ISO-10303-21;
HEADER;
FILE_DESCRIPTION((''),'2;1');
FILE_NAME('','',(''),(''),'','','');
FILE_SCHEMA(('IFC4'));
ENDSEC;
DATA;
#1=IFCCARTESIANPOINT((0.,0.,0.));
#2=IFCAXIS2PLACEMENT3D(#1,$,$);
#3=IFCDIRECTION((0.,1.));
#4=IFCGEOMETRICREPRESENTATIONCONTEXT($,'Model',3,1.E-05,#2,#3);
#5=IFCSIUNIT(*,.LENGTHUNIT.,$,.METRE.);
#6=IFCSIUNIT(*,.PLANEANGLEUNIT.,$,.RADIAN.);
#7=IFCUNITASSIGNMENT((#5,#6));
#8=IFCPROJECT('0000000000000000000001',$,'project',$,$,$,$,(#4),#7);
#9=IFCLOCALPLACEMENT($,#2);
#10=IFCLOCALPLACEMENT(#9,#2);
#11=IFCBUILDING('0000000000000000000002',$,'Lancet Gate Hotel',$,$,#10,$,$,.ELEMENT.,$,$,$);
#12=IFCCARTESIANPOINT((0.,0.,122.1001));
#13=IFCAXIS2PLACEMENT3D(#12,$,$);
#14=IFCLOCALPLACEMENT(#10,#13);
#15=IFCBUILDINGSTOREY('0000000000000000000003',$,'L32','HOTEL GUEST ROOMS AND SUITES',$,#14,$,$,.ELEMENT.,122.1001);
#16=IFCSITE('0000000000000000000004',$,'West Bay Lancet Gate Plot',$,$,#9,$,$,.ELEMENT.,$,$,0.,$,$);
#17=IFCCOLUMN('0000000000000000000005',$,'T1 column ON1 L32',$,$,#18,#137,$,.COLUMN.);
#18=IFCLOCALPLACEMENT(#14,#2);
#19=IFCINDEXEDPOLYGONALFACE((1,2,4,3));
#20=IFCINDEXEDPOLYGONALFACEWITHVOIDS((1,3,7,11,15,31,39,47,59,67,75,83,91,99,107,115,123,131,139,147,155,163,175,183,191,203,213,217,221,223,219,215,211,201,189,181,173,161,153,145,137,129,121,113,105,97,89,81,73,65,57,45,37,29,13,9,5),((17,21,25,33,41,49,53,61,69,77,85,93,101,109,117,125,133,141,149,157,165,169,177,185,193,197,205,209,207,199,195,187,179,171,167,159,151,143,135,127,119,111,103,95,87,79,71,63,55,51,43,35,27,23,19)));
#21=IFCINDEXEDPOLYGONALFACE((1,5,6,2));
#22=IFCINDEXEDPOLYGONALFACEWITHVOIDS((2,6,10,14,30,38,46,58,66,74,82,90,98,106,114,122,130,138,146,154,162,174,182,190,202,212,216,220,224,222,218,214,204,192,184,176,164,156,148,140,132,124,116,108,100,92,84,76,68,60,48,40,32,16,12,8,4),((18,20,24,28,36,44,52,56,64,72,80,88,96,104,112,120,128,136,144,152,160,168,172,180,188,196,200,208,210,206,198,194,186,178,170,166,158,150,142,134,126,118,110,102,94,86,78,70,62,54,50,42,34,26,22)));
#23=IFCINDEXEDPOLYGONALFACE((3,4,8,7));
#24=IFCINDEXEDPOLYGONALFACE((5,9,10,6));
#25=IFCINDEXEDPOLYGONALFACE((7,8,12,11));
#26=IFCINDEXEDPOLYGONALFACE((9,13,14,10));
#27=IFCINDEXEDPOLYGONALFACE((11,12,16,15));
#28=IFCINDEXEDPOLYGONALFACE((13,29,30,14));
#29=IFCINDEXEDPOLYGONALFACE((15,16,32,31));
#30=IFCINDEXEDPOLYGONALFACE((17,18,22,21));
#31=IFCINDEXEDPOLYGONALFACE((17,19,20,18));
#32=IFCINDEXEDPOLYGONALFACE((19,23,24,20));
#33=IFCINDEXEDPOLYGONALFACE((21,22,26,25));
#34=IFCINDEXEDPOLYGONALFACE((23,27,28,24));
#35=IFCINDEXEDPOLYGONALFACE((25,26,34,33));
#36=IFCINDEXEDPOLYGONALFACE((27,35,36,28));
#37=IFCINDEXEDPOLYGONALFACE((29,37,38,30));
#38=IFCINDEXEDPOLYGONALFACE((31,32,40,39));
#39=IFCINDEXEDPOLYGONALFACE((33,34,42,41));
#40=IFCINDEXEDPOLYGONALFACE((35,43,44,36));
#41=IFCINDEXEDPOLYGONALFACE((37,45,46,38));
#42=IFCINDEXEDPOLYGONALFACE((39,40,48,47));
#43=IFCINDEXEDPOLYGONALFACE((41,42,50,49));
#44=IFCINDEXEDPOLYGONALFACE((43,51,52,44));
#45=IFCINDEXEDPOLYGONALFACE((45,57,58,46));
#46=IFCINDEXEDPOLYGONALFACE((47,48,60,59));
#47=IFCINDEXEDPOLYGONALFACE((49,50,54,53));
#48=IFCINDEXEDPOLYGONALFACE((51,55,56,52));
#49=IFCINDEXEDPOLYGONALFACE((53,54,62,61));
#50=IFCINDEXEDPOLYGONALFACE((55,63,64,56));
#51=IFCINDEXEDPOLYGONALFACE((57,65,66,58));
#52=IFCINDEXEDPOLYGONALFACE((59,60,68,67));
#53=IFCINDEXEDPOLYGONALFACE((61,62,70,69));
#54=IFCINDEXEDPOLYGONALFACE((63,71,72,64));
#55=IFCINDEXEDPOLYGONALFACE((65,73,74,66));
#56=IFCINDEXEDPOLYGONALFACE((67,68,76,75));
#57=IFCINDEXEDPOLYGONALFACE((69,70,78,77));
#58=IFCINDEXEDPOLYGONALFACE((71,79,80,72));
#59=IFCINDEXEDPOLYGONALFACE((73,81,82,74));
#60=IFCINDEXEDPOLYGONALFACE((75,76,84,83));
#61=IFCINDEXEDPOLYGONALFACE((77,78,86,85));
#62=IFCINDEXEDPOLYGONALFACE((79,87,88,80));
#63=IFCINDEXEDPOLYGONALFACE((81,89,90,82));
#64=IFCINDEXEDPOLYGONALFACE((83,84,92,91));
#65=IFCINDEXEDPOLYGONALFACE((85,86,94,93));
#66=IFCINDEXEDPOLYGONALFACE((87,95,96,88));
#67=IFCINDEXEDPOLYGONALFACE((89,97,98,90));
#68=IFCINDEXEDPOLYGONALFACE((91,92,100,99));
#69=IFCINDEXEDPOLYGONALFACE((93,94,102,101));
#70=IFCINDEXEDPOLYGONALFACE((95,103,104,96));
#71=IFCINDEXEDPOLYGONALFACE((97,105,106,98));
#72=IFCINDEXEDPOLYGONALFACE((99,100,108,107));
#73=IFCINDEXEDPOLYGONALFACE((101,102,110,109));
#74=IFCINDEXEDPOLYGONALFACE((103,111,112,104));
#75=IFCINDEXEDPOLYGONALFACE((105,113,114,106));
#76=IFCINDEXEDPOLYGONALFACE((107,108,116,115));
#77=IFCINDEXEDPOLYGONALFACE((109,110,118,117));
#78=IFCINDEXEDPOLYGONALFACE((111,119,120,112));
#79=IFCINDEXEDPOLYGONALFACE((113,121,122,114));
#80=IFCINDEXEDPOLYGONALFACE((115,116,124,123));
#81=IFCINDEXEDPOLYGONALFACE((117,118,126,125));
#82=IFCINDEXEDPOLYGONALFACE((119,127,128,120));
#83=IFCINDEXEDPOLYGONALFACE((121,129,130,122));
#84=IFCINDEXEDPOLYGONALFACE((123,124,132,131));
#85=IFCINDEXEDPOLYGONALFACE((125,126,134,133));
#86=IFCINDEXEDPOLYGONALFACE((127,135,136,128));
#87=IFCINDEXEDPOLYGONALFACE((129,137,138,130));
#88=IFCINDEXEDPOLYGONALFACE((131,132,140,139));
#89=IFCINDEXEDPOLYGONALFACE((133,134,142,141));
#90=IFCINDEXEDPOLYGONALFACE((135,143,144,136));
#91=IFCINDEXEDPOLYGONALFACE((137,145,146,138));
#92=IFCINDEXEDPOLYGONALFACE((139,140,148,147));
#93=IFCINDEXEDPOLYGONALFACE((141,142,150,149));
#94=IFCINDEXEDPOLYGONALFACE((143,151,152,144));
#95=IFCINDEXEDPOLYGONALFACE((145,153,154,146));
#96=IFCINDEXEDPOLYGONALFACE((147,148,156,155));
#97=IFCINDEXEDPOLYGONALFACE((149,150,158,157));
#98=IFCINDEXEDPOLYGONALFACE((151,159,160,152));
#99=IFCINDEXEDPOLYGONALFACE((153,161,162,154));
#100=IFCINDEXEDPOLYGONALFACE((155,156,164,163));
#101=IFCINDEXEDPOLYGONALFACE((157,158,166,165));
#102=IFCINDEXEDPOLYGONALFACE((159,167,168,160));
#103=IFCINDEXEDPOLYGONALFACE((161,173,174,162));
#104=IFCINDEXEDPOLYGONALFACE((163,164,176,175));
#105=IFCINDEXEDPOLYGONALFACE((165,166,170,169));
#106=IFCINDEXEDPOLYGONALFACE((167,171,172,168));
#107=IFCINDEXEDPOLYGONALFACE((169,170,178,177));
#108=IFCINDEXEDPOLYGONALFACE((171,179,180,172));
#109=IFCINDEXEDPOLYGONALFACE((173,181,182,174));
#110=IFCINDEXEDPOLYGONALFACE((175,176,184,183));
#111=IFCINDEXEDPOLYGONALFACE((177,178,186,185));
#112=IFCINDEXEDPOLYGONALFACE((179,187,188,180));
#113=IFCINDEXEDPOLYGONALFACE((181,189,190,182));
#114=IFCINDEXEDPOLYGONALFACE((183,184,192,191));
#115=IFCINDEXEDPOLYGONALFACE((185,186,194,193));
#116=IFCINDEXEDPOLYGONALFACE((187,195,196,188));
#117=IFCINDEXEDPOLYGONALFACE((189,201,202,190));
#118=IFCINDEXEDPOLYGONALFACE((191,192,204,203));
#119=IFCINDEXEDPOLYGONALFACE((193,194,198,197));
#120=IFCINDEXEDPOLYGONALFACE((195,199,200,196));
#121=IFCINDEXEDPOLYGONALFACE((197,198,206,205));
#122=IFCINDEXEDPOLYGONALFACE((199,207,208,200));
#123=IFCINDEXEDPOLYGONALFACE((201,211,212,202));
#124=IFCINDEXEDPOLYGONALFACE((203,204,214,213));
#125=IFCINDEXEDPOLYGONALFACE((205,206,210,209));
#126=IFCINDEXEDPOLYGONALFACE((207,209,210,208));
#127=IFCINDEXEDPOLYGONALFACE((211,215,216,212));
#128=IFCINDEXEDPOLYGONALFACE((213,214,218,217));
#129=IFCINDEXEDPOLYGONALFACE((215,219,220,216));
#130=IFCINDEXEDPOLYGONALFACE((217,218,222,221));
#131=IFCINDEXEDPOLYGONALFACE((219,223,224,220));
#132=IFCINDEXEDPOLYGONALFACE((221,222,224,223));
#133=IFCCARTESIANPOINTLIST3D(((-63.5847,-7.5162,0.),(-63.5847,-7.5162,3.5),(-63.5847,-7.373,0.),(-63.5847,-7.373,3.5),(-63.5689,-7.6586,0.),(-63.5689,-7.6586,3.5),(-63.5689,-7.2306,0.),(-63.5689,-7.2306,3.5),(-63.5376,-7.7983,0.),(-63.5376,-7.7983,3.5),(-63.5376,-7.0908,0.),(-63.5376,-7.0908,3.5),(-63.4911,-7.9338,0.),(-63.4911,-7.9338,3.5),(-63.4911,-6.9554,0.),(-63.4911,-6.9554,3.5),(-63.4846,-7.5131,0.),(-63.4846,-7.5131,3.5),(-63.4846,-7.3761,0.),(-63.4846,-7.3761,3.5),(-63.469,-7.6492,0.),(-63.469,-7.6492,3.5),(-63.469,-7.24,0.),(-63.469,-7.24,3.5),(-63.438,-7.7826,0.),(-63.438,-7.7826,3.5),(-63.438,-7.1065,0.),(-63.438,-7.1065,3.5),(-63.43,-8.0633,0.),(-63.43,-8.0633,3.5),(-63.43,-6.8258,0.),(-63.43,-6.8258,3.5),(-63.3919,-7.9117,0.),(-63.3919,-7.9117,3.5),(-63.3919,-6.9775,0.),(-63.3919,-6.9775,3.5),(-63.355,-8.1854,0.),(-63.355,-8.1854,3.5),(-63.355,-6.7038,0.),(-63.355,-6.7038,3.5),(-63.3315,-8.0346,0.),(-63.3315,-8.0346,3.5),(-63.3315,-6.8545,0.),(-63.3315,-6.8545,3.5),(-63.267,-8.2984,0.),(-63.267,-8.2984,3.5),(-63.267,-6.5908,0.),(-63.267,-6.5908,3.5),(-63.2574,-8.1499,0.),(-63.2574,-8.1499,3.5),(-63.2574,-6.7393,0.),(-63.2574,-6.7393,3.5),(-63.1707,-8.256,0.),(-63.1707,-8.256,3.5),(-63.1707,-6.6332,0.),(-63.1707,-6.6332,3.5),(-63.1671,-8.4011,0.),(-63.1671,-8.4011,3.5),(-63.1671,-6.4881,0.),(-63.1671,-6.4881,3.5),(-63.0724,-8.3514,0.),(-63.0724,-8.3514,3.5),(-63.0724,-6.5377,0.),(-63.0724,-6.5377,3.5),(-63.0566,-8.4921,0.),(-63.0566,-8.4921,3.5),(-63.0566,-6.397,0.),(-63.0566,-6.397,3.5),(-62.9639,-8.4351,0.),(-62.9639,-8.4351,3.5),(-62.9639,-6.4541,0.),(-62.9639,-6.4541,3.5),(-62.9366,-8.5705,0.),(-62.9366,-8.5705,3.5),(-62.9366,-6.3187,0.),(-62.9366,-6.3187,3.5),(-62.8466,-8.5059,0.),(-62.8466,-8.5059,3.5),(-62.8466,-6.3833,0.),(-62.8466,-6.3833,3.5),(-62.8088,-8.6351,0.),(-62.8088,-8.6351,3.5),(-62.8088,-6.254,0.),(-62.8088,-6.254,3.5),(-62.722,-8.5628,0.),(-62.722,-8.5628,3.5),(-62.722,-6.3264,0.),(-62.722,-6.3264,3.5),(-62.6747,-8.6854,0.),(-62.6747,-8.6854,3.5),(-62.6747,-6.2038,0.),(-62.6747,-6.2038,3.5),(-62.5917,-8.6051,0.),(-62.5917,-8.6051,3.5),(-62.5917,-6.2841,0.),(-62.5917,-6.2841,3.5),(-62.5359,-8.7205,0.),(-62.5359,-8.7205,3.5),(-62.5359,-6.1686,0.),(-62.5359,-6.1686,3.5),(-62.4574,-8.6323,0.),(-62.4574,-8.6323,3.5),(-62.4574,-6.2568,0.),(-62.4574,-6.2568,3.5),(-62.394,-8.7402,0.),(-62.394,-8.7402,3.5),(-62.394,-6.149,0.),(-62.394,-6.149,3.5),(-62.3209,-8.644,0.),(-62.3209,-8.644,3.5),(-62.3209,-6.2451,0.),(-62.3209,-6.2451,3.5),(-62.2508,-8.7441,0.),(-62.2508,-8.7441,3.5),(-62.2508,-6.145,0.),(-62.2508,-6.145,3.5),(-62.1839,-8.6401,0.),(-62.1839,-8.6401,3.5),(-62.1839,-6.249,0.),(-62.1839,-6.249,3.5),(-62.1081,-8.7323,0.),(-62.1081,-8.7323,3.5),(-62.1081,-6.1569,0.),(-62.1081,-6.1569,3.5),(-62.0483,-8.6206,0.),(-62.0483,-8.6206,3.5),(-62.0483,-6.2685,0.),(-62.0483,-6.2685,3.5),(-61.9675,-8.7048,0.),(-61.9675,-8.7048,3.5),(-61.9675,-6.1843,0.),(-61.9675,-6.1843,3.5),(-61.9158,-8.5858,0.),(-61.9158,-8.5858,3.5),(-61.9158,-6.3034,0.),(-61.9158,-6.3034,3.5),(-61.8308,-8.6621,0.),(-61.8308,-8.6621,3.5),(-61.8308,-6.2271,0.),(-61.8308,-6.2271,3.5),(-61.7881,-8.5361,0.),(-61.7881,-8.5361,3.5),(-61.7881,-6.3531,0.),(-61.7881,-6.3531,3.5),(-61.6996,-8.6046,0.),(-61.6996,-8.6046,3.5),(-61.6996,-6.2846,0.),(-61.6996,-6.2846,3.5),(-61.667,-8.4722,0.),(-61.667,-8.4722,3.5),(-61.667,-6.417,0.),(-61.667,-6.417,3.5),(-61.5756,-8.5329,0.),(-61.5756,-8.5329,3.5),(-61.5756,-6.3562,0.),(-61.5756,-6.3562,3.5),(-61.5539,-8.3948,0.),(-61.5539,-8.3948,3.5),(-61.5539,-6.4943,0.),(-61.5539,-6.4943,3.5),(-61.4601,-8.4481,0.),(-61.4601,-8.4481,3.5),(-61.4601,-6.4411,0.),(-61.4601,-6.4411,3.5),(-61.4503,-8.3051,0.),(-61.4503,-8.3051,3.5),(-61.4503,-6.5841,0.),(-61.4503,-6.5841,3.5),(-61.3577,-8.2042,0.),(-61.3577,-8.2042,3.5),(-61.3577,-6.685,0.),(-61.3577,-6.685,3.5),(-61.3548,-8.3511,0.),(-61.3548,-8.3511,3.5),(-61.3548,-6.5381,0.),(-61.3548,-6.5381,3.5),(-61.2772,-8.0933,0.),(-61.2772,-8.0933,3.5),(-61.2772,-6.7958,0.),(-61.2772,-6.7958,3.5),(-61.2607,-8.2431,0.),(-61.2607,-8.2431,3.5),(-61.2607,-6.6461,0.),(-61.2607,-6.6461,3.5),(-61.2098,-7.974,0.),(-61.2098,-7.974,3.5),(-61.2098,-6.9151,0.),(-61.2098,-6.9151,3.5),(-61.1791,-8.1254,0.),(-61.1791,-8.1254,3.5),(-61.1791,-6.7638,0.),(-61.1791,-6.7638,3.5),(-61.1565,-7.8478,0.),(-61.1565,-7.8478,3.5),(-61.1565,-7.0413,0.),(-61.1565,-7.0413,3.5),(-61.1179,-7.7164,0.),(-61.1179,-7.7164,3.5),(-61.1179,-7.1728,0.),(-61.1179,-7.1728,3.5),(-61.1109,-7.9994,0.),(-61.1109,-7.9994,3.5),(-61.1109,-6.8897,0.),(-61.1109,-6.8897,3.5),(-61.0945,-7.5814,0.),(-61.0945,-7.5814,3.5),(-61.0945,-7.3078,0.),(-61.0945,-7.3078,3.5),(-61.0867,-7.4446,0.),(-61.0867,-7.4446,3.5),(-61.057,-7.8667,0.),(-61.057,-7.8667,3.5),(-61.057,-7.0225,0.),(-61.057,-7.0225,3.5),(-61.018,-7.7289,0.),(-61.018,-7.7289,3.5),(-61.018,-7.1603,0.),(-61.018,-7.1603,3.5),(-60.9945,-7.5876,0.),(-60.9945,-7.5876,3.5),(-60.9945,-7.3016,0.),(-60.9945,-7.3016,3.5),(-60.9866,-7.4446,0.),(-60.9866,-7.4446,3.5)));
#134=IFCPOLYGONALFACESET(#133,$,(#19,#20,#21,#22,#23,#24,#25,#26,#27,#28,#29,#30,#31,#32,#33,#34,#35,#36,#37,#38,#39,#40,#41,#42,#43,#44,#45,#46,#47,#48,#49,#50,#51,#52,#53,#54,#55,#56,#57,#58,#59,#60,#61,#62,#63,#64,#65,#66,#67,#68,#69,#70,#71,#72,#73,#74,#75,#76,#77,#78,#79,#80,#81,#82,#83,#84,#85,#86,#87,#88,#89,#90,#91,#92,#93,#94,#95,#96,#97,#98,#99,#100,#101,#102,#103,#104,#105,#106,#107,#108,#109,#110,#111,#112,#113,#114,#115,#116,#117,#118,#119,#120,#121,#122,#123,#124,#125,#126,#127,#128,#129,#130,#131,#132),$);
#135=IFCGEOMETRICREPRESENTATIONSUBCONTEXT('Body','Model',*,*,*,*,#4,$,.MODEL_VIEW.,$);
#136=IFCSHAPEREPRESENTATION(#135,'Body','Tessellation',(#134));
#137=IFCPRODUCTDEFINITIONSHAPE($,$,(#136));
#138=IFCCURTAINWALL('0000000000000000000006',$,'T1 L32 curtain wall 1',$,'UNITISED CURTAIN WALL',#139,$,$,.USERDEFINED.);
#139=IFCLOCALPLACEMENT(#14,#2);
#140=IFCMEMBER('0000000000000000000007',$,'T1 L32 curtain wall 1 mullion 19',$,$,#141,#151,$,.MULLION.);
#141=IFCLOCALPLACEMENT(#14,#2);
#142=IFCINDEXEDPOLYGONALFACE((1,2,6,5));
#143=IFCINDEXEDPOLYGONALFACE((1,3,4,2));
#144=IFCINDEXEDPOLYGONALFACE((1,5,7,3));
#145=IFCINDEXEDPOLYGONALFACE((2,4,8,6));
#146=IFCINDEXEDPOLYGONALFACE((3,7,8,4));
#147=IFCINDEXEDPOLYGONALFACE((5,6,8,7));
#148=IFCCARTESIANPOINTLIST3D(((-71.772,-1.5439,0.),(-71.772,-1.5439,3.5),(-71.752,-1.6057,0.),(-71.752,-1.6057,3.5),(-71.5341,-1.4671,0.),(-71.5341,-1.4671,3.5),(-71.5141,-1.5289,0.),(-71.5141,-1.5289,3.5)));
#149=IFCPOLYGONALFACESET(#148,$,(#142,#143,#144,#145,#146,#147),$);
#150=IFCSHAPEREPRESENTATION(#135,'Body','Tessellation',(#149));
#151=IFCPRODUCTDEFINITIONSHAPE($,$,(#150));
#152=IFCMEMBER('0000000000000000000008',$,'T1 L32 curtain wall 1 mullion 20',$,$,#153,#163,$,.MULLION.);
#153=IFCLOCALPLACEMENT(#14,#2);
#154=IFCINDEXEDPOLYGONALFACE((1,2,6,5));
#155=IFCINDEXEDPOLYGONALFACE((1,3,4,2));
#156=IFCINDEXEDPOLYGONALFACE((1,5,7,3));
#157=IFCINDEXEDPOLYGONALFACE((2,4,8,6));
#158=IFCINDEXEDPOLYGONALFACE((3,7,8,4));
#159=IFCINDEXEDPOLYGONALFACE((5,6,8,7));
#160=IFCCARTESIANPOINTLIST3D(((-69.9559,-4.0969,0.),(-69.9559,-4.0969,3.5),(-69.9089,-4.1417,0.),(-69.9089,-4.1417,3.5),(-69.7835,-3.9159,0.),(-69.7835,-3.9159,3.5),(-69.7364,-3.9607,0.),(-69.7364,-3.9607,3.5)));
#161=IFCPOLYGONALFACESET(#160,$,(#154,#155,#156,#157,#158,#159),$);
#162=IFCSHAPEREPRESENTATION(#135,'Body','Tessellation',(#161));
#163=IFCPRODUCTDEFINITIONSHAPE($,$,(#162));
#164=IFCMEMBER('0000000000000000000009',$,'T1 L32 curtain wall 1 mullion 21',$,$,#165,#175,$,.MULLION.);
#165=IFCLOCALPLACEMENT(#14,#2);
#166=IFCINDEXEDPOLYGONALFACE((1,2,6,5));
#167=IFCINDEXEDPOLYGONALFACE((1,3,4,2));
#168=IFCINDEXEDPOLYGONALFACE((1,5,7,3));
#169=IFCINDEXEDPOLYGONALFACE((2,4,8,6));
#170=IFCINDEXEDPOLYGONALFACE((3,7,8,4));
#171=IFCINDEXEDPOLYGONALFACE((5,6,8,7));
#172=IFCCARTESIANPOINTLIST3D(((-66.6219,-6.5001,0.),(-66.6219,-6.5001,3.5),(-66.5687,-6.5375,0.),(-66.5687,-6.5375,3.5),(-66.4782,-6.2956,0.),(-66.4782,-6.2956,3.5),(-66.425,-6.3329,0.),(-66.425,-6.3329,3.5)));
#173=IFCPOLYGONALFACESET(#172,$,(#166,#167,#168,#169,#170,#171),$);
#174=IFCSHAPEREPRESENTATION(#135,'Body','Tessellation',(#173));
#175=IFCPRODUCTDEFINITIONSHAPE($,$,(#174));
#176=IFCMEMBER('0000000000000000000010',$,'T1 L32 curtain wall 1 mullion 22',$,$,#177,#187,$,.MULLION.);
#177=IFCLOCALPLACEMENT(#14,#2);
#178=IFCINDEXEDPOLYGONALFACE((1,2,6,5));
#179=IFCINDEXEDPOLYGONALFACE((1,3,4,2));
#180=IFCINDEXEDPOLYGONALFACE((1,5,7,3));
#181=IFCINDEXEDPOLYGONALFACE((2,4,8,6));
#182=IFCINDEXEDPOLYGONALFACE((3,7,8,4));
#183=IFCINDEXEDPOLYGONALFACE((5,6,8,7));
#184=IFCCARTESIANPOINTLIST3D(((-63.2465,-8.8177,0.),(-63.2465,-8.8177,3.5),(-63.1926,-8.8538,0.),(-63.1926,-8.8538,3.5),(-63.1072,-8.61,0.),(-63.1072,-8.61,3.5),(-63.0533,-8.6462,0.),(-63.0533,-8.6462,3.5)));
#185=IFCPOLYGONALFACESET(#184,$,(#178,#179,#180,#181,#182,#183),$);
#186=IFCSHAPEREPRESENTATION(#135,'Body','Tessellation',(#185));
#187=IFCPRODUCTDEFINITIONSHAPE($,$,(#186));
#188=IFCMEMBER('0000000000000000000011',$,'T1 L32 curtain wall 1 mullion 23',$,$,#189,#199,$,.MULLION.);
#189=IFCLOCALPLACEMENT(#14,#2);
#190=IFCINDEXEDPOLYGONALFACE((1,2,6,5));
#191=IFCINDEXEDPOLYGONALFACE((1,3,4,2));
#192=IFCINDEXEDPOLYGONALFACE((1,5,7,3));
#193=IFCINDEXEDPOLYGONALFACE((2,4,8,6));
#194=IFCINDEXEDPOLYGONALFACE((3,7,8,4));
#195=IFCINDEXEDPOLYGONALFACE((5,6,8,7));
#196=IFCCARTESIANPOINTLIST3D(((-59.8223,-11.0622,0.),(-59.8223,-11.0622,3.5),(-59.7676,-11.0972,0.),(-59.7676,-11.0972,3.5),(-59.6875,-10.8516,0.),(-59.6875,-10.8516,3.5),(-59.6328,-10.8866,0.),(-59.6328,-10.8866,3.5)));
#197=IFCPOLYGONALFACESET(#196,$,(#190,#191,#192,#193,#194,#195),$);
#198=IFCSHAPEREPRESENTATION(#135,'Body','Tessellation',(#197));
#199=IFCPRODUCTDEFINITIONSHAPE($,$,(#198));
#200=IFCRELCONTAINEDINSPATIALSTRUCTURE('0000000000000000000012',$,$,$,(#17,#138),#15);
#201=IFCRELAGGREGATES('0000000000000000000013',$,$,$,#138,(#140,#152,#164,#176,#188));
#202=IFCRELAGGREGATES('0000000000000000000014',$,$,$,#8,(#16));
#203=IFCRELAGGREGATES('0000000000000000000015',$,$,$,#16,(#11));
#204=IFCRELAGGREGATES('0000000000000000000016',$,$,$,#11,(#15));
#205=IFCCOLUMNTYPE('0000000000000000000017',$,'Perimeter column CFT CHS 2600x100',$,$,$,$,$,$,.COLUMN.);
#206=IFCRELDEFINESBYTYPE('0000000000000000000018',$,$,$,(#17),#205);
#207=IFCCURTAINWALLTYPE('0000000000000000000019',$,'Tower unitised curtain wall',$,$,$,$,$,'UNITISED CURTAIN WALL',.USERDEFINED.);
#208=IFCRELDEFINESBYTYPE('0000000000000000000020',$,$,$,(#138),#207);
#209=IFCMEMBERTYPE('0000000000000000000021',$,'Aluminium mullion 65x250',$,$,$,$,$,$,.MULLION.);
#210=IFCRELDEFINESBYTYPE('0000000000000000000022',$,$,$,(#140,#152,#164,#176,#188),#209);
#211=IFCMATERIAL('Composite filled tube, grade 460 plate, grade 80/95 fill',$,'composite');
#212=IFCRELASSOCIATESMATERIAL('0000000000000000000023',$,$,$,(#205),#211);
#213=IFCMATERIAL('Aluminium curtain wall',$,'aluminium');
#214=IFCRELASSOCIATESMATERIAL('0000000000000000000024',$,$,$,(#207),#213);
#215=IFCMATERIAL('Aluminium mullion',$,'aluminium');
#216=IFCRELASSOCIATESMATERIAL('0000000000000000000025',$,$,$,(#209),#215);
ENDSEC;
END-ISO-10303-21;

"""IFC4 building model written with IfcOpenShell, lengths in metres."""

from ifc_helpers import new_model, si_unit, direction, frame, origin, origin_2d, place, context, subcontext, project, spatial, rectangle, hollow_circle, extrude, material, material_profile, profile_set, type_object, element, aggregate, save


model = new_model("IFC4")

# Units and contexts
model_context = context("Model", 3, precision=1e-05, world=origin(), true_north=direction((0.0, 1.0)))
body_context = subcontext(model_context, "Body", "Model", "MODEL_VIEW")
ifc_project = project(units=[si_unit("LENGTHUNIT", "METRE"), si_unit("PLANEANGLEUNIT", "RADIAN")], contexts=[model_context])

# Site, building, storey
site_placement = place(None, origin())
site = spatial("IfcSite", under=ifc_project, at=site_placement, Name="West Bay Lancet Gate Plot", CompositionType="ELEMENT", RefElevation=0.0)
building_placement = place(site_placement, origin())
building = spatial("IfcBuilding", under=site, at=building_placement, Name="Lancet Gate Hotel", CompositionType="ELEMENT")
storey_placement = place(building_placement, frame((0.0, 0.0, 122.1001)))
storey = spatial("IfcBuildingStorey", under=building, at=storey_placement, Name="L32", Description="HOTEL GUEST ROOMS AND SUITES", CompositionType="ELEMENT", Elevation=122.1001)

# Column
ifc_material_1 = material(Name="Composite filled tube, grade 460 plate, grade 80/95 fill", Category="composite")
ifc_material_profile_1 = material_profile(ifc_material_1, hollow_circle(Radius=1.3, WallThickness=0.1001, at=origin_2d()), Name="CHS 2600x100")
ifc_profile_set_1 = profile_set([ifc_material_profile_1], Name="Composite filled tube, grade 460 plate, grade 80/95 fill")
column_type_1 = type_object("IfcColumnType", Name="Perimeter column CFT CHS 2600x100", PredefinedType="COLUMN", material=ifc_profile_set_1)
column_1_placement = place(storey_placement, frame((-62.2866, -7.4446, 0.0), z_axis=(0.0, 0.0, 1.0), x_axis=(1.0, 0.0, 0.0)))
element("IfcColumn", 1, at=column_1_placement, inside=storey, type_object=column_type_1, Name="T1 column ON1 L32", PredefinedType="COLUMN", context=body_context, shape_type="SweptSolid", body=[
    extrude(hollow_circle(Radius=1.3, WallThickness=0.1001, at=origin_2d()), origin(), (0.0, 0.0, 1.0), 3.5),
])

# Curtain wall, members
ifc_material_2 = material(Name="Aluminium curtain wall", Category="aluminium")
curtain_wall_type = type_object("IfcCurtainWallType", Name="Tower unitised curtain wall", ElementType="UNITISED CURTAIN WALL", PredefinedType="USERDEFINED", material=ifc_material_2)
curtain_wall_placement = place(storey_placement, origin())
curtain_wall = element("IfcCurtainWall", 2, at=curtain_wall_placement, inside=storey, type_object=curtain_wall_type, Name="T1 L32 curtain wall 1", ObjectType="UNITISED CURTAIN WALL", PredefinedType="USERDEFINED")
ifc_material_3 = material(Name="Aluminium mullion", Category="aluminium")
ifc_material_profile_2 = material_profile(ifc_material_3, rectangle(XDim=0.0649, YDim=0.25, at=origin_2d()), Name="MULLION 65x250")
ifc_profile_set_2 = profile_set([ifc_material_profile_2], Name="Aluminium mullion")
member_type_1 = type_object("IfcMemberType", Name="Aluminium mullion 65x250", PredefinedType="MULLION", material=ifc_profile_set_2)
member_1_placement = place(storey_placement, frame((-71.6431, -1.5364, 0.0), z_axis=(0.0, 0.0, 1.0), x_axis=(0.307269, -0.951623, 0.0)))
member_1 = element("IfcMember", 3, at=member_1_placement, type_object=member_type_1, Name="T1 L32 curtain wall 1 mullion 19", PredefinedType="MULLION", context=body_context, shape_type="SweptSolid", body=[
    extrude(rectangle(XDim=0.0649, YDim=0.25, at=origin_2d()), origin(), (0.0, 0.0, 1.0), 3.5),
])
member_2_placement = place(storey_placement, frame((-69.8462, -4.0288, 0.0), z_axis=(0.0, 0.0, 1.0), x_axis=(0.723846, -0.689961, 0.0)))
member_2 = element("IfcMember", 4, at=member_2_placement, type_object=member_type_1, Name="T1 L32 curtain wall 1 mullion 20", PredefinedType="MULLION", context=body_context, shape_type="SweptSolid", body=[
    extrude(rectangle(XDim=0.0649, YDim=0.25, at=origin_2d()), origin(), (0.0, 0.0, 1.0), 3.5),
])
member_3_placement = place(storey_placement, frame((-66.5234, -6.4165, 0.0), z_axis=(0.0, 0.0, 1.0), x_axis=(0.818327, -0.574753, 0.0)))
member_3 = element("IfcMember", 5, at=member_3_placement, type_object=member_type_1, Name="T1 L32 curtain wall 1 mullion 21", PredefinedType="MULLION", context=body_context, shape_type="SweptSolid", body=[
    extrude(rectangle(XDim=0.0649, YDim=0.25, at=origin_2d()), origin(), (0.0, 0.0, 1.0), 3.5),
])
member_4_placement = place(storey_placement, frame((-63.1499, -8.7319, 0.0), z_axis=(0.0, 0.0, 1.0), x_axis=(0.83051, -0.557004, 0.0)))
member_4 = element("IfcMember", 6, at=member_4_placement, type_object=member_type_1, Name="T1 L32 curtain wall 1 mullion 22", PredefinedType="MULLION", context=body_context, shape_type="SweptSolid", body=[
    extrude(rectangle(XDim=0.0649, YDim=0.25, at=origin_2d()), origin(), (0.0, 0.0, 1.0), 3.5),
])
member_5_placement = place(storey_placement, frame((-59.7275, -10.9744, 0.0), z_axis=(0.0, 0.0, 1.0), x_axis=(0.842308, -0.538996, 0.0)))
member_5 = element("IfcMember", 7, at=member_5_placement, type_object=member_type_1, Name="T1 L32 curtain wall 1 mullion 23", PredefinedType="MULLION", context=body_context, shape_type="SweptSolid", body=[
    extrude(rectangle(XDim=0.0649, YDim=0.25, at=origin_2d()), origin(), (0.0, 0.0, 1.0), 3.5),
])

aggregate(curtain_wall, [member_1, member_2, member_3, member_4, member_5])

save(model, "model.ifc")
